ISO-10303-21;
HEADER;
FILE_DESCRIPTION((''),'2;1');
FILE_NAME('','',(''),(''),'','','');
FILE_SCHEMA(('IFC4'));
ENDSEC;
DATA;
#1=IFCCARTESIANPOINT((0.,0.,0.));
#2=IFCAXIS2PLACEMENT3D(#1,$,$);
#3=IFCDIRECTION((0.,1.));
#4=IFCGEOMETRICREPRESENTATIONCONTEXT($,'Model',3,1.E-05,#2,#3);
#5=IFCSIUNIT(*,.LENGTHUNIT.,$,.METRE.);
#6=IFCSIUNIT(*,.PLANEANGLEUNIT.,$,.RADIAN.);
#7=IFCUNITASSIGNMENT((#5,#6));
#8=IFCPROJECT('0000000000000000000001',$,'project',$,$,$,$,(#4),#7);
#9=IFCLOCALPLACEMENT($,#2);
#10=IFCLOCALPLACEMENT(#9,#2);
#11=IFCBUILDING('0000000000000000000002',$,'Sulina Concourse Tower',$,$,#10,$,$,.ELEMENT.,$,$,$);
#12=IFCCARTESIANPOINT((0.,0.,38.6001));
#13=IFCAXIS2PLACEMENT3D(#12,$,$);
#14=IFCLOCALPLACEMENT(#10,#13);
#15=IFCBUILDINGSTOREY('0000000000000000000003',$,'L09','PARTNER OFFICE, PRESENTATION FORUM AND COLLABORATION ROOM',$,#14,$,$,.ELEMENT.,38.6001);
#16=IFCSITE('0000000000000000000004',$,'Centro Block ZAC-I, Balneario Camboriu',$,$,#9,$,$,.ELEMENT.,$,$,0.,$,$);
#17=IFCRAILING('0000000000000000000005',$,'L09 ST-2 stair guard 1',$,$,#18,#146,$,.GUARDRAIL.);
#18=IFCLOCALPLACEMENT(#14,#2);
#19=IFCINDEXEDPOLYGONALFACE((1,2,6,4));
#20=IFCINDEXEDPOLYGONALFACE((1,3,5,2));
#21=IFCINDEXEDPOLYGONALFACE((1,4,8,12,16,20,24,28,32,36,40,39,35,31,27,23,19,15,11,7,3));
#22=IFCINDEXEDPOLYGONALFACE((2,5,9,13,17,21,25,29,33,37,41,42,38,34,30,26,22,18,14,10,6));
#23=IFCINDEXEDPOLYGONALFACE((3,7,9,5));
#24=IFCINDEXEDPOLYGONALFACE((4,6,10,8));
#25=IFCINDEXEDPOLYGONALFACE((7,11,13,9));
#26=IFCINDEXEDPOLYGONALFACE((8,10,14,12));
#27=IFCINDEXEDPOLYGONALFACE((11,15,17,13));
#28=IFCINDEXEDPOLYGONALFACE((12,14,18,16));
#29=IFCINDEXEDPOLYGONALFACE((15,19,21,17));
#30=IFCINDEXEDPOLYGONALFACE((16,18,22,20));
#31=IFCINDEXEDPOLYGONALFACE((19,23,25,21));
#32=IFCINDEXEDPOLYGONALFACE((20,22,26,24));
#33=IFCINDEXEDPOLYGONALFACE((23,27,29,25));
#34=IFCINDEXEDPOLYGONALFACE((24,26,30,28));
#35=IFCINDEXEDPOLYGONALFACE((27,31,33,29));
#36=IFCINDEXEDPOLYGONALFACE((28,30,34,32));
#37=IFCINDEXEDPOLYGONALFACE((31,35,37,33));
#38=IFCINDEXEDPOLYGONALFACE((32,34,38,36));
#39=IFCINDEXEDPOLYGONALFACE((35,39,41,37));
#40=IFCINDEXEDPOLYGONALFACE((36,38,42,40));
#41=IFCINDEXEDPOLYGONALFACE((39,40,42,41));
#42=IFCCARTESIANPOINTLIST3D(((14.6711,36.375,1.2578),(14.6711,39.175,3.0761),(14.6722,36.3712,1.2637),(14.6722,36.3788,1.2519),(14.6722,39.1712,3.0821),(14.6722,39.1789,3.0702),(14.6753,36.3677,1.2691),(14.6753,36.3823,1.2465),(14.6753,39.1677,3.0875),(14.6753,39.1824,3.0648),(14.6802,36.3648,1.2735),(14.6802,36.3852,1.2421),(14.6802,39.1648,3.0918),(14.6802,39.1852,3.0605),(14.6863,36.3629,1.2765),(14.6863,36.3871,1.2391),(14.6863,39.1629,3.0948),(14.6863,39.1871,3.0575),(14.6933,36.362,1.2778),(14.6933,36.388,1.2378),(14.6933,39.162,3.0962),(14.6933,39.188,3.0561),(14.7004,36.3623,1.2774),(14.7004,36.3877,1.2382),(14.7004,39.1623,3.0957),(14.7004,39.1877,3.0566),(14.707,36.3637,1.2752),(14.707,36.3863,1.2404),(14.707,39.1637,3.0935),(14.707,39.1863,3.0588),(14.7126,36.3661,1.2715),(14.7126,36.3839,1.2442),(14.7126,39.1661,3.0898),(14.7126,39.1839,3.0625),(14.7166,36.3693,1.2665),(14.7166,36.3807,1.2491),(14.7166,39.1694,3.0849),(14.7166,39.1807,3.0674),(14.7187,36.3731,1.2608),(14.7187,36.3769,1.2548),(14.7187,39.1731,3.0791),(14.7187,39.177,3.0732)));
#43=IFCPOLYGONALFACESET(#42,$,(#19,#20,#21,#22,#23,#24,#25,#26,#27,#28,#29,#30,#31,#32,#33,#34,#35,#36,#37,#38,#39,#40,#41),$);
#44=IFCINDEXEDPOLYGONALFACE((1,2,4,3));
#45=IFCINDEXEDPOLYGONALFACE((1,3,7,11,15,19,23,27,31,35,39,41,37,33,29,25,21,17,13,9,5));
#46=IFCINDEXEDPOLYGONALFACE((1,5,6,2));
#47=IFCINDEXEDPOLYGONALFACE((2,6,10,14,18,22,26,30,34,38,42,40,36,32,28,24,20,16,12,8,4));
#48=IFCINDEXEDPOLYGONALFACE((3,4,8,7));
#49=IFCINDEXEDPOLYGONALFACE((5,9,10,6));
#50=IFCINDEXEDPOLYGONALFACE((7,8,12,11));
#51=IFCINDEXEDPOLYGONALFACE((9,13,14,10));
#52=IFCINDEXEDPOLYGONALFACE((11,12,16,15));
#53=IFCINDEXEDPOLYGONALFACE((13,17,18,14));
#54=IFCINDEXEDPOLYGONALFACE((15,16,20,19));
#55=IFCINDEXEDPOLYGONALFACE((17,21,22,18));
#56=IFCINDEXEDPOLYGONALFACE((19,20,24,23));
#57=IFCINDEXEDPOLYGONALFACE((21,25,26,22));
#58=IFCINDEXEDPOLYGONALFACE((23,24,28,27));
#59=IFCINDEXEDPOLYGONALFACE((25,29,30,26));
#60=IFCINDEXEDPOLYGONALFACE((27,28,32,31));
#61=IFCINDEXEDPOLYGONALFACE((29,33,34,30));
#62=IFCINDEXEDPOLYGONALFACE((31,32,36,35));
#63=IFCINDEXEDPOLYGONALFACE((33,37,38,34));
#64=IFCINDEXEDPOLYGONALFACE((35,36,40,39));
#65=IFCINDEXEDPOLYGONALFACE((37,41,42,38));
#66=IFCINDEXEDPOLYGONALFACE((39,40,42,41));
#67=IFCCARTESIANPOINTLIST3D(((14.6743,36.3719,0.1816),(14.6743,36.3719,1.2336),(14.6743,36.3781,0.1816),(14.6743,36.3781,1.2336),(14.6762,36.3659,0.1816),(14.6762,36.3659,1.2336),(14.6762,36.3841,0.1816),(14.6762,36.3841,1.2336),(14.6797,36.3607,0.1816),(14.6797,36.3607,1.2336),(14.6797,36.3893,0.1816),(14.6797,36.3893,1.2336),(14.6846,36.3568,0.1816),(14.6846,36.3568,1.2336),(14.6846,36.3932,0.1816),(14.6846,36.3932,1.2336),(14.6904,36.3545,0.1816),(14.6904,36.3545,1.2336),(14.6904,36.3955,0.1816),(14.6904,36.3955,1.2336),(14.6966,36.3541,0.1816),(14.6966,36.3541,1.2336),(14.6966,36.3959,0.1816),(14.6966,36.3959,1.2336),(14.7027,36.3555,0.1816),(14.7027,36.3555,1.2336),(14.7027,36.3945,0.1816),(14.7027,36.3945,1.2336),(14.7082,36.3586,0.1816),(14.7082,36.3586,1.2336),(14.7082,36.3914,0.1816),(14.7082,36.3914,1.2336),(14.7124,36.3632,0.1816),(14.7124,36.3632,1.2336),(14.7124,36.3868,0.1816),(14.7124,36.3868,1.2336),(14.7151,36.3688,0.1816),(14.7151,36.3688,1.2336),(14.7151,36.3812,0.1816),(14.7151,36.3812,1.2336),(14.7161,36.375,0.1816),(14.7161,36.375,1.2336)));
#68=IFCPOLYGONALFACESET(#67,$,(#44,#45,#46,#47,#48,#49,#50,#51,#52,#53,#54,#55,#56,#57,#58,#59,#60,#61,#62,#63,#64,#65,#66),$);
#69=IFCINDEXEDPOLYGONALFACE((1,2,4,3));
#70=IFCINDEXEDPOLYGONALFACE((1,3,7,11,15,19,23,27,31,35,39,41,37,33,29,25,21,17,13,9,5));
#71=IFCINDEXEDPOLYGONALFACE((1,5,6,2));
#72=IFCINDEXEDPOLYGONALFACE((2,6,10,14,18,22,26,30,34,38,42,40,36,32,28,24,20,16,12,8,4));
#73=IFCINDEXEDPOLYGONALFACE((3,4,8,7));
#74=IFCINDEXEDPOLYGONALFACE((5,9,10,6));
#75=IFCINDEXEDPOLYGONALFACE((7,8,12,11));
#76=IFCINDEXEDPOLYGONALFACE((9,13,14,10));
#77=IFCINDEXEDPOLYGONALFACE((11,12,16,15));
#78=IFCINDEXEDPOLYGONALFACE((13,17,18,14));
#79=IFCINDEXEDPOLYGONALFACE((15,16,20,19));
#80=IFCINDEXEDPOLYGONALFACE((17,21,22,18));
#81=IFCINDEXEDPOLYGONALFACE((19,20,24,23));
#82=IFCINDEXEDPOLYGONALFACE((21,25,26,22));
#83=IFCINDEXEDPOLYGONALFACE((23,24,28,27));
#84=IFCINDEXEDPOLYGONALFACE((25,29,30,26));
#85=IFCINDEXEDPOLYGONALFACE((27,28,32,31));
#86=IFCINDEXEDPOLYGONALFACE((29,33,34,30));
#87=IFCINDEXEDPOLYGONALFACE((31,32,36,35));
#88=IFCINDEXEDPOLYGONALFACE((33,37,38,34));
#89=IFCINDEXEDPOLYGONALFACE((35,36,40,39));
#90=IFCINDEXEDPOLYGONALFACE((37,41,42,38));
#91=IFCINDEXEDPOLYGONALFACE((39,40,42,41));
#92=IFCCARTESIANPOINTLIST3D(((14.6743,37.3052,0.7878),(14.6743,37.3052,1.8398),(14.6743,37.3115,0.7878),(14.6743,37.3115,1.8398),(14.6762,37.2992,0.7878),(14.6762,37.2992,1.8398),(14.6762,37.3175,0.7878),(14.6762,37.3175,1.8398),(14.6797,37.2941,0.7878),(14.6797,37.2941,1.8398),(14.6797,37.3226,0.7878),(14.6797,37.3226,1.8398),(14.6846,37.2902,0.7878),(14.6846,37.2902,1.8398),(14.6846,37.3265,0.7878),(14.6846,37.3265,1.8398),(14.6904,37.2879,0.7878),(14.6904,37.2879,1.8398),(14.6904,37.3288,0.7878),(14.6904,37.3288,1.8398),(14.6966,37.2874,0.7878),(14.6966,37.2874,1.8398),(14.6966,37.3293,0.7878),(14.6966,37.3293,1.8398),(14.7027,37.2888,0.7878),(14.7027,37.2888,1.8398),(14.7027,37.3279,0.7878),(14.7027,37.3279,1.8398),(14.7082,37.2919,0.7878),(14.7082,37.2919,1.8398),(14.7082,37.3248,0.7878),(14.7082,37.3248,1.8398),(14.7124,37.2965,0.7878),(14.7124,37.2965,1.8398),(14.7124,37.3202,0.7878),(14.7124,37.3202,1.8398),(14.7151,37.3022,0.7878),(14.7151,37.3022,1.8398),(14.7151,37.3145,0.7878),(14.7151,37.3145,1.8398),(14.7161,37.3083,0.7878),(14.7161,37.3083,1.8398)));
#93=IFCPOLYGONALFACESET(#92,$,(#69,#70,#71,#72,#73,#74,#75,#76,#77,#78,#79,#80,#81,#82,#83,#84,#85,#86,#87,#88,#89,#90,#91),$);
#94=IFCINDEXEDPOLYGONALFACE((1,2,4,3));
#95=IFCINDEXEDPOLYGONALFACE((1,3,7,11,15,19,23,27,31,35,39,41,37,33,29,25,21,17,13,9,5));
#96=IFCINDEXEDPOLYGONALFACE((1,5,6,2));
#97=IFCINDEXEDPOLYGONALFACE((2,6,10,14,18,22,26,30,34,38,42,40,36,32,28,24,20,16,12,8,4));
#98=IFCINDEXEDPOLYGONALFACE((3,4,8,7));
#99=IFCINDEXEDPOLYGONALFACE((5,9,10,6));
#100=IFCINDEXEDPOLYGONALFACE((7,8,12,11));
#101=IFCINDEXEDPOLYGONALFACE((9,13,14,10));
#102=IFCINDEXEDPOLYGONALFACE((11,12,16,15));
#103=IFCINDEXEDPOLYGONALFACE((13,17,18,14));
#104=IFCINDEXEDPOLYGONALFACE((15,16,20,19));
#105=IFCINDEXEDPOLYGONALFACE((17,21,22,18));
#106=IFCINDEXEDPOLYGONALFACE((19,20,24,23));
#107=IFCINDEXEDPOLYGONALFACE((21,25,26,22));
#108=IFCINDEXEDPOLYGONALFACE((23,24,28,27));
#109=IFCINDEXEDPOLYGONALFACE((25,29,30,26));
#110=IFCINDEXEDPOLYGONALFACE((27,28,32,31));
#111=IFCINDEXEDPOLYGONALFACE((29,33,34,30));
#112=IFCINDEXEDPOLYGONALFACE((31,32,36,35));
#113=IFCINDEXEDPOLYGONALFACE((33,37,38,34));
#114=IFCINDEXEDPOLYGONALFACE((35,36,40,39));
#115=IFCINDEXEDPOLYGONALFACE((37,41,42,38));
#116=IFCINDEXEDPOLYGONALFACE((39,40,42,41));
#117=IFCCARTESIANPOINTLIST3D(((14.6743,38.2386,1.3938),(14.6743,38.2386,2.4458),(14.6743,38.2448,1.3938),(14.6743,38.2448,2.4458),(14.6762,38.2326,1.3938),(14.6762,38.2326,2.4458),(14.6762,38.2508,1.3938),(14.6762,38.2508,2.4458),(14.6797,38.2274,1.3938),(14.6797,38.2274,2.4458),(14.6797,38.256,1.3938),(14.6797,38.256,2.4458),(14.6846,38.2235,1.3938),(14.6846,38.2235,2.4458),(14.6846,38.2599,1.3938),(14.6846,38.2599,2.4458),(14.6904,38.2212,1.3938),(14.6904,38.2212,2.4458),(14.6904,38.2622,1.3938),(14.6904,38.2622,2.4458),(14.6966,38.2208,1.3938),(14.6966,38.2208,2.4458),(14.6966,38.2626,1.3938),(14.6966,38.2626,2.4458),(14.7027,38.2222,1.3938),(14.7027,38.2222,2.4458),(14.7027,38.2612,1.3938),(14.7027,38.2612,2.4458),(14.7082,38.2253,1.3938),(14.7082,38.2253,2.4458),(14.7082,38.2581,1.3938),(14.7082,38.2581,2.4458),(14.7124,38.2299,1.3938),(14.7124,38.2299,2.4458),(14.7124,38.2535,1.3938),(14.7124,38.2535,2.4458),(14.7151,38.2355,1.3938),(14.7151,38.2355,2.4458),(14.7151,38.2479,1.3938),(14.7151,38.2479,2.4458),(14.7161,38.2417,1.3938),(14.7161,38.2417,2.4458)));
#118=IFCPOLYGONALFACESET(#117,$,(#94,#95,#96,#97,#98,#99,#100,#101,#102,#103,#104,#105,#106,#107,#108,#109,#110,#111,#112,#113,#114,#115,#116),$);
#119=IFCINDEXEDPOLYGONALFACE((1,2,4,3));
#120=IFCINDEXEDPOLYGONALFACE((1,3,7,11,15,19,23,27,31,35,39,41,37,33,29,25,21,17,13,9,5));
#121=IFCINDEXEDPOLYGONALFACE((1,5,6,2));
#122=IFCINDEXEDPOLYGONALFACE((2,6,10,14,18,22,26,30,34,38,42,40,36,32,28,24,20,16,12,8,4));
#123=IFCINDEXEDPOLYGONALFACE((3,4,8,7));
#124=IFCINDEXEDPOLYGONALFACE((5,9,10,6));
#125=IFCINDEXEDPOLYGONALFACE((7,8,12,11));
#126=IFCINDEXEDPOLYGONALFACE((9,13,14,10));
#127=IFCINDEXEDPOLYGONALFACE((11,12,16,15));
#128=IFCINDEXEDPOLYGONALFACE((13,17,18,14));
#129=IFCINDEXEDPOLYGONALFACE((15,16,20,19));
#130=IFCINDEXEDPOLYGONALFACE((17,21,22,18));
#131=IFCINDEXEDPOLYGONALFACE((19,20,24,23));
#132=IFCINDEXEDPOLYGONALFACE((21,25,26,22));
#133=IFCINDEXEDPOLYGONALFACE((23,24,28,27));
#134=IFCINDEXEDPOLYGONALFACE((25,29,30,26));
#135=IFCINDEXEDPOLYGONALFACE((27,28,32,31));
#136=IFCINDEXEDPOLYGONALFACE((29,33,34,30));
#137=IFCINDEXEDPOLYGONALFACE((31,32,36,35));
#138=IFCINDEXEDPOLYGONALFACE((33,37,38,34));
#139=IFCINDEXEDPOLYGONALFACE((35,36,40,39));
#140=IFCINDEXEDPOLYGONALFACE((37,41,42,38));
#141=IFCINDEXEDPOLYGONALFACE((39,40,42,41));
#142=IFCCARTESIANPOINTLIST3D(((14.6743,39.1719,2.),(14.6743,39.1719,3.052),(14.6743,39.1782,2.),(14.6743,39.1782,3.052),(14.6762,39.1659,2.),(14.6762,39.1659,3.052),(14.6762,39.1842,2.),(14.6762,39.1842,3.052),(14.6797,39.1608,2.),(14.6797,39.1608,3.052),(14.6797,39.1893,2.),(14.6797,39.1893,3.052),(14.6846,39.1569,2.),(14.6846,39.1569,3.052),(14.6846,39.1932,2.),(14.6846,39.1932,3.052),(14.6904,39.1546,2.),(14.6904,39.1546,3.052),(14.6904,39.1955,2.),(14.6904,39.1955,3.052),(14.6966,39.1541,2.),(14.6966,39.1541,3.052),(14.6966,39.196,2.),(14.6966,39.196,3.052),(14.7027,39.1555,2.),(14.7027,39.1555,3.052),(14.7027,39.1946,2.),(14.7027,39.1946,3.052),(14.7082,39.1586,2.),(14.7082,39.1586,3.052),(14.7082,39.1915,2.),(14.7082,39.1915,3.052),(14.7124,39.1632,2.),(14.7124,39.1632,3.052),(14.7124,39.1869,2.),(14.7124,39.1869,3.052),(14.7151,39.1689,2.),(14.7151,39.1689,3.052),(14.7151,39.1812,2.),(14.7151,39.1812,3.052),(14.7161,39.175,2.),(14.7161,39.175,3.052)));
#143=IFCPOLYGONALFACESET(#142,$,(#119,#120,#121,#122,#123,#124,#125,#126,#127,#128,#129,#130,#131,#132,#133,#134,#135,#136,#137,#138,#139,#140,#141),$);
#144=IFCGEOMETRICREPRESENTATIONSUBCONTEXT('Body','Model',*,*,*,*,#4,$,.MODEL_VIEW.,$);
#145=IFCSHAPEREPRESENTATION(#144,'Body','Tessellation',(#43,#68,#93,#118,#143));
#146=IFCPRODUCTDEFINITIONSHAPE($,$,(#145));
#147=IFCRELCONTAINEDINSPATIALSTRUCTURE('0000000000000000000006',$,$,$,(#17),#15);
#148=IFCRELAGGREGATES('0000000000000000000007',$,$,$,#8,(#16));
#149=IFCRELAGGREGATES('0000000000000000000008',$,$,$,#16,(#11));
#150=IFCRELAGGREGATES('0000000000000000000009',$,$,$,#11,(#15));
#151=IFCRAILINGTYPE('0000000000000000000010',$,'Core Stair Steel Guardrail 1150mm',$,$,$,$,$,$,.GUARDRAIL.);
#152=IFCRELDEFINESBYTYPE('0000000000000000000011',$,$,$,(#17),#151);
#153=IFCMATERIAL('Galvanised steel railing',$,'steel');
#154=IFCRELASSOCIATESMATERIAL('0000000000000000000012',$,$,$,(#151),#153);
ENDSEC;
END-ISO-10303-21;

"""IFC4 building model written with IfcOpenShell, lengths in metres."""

from ifc_helpers import new_model, si_unit, direction, frame, origin, origin_2d, place, context, subcontext, project, spatial, circle, extrude, material, type_object, element, save


model = new_model("IFC4")

# Units and contexts
model_context = context("Model", 3, precision=1e-05, world=origin(), true_north=direction((0.0, 1.0)))
body_context = subcontext(model_context, "Body", "Model", "MODEL_VIEW")
ifc_project = project(units=[si_unit("LENGTHUNIT", "METRE"), si_unit("PLANEANGLEUNIT", "RADIAN")], contexts=[model_context])

# Site, building, storey
site_placement = place(None, origin())
site = spatial("IfcSite", under=ifc_project, at=site_placement, Name="Centro Block ZAC-I, Balneario Camboriu", CompositionType="ELEMENT", RefElevation=0.0)
building_placement = place(site_placement, origin())
building = spatial("IfcBuilding", under=site, at=building_placement, Name="Sulina Concourse Tower", CompositionType="ELEMENT")
storey_placement = place(building_placement, frame((0.0, 0.0, 38.6001)))
storey = spatial("IfcBuildingStorey", under=building, at=storey_placement, Name="L09", Description="PARTNER OFFICE, PRESENTATION FORUM AND COLLABORATION ROOM", CompositionType="ELEMENT", Elevation=38.6001)

# Railing
ifc_material_1 = material(Name="Galvanised steel railing", Category="steel")
railing_type_1 = type_object("IfcRailingType", Name="Core Stair Steel Guardrail 1150mm", PredefinedType="GUARDRAIL", material=ifc_material_1)
railing_1_placement = place(storey_placement, frame((14.6951, 36.375, 0.1816)))
element("IfcRailing", 1, at=railing_1_placement, inside=storey, type_object=railing_type_1, Name="L09 ST-2 stair guard 1", PredefinedType="GUARDRAIL", context=body_context, shape_type="SweptSolid", body=[
    extrude(circle(Radius=0.0239, at=origin_2d()), frame((0.0, 0.0, 1.0762), z_axis=(0.0, 0.838672, 0.544636), x_axis=(-1.0, 0.0, 0.0)), (0.0, 0.0, 1.0), 3.3386),
    extrude(circle(Radius=0.021, at=origin_2d()), origin(), (0.0, 0.0, 1.0), 1.052),
    extrude(circle(Radius=0.021, at=origin_2d()), frame((0.0, 0.9333, 0.6062)), (0.0, 0.0, 1.0), 1.052),
    extrude(circle(Radius=0.021, at=origin_2d()), frame((0.0, 1.8667, 1.2122)), (0.0, 0.0, 1.0), 1.052),
    extrude(circle(Radius=0.021, at=origin_2d()), frame((0.0, 2.8, 1.8184)), (0.0, 0.0, 1.0), 1.052),
])

save(model, "model.ifc")
